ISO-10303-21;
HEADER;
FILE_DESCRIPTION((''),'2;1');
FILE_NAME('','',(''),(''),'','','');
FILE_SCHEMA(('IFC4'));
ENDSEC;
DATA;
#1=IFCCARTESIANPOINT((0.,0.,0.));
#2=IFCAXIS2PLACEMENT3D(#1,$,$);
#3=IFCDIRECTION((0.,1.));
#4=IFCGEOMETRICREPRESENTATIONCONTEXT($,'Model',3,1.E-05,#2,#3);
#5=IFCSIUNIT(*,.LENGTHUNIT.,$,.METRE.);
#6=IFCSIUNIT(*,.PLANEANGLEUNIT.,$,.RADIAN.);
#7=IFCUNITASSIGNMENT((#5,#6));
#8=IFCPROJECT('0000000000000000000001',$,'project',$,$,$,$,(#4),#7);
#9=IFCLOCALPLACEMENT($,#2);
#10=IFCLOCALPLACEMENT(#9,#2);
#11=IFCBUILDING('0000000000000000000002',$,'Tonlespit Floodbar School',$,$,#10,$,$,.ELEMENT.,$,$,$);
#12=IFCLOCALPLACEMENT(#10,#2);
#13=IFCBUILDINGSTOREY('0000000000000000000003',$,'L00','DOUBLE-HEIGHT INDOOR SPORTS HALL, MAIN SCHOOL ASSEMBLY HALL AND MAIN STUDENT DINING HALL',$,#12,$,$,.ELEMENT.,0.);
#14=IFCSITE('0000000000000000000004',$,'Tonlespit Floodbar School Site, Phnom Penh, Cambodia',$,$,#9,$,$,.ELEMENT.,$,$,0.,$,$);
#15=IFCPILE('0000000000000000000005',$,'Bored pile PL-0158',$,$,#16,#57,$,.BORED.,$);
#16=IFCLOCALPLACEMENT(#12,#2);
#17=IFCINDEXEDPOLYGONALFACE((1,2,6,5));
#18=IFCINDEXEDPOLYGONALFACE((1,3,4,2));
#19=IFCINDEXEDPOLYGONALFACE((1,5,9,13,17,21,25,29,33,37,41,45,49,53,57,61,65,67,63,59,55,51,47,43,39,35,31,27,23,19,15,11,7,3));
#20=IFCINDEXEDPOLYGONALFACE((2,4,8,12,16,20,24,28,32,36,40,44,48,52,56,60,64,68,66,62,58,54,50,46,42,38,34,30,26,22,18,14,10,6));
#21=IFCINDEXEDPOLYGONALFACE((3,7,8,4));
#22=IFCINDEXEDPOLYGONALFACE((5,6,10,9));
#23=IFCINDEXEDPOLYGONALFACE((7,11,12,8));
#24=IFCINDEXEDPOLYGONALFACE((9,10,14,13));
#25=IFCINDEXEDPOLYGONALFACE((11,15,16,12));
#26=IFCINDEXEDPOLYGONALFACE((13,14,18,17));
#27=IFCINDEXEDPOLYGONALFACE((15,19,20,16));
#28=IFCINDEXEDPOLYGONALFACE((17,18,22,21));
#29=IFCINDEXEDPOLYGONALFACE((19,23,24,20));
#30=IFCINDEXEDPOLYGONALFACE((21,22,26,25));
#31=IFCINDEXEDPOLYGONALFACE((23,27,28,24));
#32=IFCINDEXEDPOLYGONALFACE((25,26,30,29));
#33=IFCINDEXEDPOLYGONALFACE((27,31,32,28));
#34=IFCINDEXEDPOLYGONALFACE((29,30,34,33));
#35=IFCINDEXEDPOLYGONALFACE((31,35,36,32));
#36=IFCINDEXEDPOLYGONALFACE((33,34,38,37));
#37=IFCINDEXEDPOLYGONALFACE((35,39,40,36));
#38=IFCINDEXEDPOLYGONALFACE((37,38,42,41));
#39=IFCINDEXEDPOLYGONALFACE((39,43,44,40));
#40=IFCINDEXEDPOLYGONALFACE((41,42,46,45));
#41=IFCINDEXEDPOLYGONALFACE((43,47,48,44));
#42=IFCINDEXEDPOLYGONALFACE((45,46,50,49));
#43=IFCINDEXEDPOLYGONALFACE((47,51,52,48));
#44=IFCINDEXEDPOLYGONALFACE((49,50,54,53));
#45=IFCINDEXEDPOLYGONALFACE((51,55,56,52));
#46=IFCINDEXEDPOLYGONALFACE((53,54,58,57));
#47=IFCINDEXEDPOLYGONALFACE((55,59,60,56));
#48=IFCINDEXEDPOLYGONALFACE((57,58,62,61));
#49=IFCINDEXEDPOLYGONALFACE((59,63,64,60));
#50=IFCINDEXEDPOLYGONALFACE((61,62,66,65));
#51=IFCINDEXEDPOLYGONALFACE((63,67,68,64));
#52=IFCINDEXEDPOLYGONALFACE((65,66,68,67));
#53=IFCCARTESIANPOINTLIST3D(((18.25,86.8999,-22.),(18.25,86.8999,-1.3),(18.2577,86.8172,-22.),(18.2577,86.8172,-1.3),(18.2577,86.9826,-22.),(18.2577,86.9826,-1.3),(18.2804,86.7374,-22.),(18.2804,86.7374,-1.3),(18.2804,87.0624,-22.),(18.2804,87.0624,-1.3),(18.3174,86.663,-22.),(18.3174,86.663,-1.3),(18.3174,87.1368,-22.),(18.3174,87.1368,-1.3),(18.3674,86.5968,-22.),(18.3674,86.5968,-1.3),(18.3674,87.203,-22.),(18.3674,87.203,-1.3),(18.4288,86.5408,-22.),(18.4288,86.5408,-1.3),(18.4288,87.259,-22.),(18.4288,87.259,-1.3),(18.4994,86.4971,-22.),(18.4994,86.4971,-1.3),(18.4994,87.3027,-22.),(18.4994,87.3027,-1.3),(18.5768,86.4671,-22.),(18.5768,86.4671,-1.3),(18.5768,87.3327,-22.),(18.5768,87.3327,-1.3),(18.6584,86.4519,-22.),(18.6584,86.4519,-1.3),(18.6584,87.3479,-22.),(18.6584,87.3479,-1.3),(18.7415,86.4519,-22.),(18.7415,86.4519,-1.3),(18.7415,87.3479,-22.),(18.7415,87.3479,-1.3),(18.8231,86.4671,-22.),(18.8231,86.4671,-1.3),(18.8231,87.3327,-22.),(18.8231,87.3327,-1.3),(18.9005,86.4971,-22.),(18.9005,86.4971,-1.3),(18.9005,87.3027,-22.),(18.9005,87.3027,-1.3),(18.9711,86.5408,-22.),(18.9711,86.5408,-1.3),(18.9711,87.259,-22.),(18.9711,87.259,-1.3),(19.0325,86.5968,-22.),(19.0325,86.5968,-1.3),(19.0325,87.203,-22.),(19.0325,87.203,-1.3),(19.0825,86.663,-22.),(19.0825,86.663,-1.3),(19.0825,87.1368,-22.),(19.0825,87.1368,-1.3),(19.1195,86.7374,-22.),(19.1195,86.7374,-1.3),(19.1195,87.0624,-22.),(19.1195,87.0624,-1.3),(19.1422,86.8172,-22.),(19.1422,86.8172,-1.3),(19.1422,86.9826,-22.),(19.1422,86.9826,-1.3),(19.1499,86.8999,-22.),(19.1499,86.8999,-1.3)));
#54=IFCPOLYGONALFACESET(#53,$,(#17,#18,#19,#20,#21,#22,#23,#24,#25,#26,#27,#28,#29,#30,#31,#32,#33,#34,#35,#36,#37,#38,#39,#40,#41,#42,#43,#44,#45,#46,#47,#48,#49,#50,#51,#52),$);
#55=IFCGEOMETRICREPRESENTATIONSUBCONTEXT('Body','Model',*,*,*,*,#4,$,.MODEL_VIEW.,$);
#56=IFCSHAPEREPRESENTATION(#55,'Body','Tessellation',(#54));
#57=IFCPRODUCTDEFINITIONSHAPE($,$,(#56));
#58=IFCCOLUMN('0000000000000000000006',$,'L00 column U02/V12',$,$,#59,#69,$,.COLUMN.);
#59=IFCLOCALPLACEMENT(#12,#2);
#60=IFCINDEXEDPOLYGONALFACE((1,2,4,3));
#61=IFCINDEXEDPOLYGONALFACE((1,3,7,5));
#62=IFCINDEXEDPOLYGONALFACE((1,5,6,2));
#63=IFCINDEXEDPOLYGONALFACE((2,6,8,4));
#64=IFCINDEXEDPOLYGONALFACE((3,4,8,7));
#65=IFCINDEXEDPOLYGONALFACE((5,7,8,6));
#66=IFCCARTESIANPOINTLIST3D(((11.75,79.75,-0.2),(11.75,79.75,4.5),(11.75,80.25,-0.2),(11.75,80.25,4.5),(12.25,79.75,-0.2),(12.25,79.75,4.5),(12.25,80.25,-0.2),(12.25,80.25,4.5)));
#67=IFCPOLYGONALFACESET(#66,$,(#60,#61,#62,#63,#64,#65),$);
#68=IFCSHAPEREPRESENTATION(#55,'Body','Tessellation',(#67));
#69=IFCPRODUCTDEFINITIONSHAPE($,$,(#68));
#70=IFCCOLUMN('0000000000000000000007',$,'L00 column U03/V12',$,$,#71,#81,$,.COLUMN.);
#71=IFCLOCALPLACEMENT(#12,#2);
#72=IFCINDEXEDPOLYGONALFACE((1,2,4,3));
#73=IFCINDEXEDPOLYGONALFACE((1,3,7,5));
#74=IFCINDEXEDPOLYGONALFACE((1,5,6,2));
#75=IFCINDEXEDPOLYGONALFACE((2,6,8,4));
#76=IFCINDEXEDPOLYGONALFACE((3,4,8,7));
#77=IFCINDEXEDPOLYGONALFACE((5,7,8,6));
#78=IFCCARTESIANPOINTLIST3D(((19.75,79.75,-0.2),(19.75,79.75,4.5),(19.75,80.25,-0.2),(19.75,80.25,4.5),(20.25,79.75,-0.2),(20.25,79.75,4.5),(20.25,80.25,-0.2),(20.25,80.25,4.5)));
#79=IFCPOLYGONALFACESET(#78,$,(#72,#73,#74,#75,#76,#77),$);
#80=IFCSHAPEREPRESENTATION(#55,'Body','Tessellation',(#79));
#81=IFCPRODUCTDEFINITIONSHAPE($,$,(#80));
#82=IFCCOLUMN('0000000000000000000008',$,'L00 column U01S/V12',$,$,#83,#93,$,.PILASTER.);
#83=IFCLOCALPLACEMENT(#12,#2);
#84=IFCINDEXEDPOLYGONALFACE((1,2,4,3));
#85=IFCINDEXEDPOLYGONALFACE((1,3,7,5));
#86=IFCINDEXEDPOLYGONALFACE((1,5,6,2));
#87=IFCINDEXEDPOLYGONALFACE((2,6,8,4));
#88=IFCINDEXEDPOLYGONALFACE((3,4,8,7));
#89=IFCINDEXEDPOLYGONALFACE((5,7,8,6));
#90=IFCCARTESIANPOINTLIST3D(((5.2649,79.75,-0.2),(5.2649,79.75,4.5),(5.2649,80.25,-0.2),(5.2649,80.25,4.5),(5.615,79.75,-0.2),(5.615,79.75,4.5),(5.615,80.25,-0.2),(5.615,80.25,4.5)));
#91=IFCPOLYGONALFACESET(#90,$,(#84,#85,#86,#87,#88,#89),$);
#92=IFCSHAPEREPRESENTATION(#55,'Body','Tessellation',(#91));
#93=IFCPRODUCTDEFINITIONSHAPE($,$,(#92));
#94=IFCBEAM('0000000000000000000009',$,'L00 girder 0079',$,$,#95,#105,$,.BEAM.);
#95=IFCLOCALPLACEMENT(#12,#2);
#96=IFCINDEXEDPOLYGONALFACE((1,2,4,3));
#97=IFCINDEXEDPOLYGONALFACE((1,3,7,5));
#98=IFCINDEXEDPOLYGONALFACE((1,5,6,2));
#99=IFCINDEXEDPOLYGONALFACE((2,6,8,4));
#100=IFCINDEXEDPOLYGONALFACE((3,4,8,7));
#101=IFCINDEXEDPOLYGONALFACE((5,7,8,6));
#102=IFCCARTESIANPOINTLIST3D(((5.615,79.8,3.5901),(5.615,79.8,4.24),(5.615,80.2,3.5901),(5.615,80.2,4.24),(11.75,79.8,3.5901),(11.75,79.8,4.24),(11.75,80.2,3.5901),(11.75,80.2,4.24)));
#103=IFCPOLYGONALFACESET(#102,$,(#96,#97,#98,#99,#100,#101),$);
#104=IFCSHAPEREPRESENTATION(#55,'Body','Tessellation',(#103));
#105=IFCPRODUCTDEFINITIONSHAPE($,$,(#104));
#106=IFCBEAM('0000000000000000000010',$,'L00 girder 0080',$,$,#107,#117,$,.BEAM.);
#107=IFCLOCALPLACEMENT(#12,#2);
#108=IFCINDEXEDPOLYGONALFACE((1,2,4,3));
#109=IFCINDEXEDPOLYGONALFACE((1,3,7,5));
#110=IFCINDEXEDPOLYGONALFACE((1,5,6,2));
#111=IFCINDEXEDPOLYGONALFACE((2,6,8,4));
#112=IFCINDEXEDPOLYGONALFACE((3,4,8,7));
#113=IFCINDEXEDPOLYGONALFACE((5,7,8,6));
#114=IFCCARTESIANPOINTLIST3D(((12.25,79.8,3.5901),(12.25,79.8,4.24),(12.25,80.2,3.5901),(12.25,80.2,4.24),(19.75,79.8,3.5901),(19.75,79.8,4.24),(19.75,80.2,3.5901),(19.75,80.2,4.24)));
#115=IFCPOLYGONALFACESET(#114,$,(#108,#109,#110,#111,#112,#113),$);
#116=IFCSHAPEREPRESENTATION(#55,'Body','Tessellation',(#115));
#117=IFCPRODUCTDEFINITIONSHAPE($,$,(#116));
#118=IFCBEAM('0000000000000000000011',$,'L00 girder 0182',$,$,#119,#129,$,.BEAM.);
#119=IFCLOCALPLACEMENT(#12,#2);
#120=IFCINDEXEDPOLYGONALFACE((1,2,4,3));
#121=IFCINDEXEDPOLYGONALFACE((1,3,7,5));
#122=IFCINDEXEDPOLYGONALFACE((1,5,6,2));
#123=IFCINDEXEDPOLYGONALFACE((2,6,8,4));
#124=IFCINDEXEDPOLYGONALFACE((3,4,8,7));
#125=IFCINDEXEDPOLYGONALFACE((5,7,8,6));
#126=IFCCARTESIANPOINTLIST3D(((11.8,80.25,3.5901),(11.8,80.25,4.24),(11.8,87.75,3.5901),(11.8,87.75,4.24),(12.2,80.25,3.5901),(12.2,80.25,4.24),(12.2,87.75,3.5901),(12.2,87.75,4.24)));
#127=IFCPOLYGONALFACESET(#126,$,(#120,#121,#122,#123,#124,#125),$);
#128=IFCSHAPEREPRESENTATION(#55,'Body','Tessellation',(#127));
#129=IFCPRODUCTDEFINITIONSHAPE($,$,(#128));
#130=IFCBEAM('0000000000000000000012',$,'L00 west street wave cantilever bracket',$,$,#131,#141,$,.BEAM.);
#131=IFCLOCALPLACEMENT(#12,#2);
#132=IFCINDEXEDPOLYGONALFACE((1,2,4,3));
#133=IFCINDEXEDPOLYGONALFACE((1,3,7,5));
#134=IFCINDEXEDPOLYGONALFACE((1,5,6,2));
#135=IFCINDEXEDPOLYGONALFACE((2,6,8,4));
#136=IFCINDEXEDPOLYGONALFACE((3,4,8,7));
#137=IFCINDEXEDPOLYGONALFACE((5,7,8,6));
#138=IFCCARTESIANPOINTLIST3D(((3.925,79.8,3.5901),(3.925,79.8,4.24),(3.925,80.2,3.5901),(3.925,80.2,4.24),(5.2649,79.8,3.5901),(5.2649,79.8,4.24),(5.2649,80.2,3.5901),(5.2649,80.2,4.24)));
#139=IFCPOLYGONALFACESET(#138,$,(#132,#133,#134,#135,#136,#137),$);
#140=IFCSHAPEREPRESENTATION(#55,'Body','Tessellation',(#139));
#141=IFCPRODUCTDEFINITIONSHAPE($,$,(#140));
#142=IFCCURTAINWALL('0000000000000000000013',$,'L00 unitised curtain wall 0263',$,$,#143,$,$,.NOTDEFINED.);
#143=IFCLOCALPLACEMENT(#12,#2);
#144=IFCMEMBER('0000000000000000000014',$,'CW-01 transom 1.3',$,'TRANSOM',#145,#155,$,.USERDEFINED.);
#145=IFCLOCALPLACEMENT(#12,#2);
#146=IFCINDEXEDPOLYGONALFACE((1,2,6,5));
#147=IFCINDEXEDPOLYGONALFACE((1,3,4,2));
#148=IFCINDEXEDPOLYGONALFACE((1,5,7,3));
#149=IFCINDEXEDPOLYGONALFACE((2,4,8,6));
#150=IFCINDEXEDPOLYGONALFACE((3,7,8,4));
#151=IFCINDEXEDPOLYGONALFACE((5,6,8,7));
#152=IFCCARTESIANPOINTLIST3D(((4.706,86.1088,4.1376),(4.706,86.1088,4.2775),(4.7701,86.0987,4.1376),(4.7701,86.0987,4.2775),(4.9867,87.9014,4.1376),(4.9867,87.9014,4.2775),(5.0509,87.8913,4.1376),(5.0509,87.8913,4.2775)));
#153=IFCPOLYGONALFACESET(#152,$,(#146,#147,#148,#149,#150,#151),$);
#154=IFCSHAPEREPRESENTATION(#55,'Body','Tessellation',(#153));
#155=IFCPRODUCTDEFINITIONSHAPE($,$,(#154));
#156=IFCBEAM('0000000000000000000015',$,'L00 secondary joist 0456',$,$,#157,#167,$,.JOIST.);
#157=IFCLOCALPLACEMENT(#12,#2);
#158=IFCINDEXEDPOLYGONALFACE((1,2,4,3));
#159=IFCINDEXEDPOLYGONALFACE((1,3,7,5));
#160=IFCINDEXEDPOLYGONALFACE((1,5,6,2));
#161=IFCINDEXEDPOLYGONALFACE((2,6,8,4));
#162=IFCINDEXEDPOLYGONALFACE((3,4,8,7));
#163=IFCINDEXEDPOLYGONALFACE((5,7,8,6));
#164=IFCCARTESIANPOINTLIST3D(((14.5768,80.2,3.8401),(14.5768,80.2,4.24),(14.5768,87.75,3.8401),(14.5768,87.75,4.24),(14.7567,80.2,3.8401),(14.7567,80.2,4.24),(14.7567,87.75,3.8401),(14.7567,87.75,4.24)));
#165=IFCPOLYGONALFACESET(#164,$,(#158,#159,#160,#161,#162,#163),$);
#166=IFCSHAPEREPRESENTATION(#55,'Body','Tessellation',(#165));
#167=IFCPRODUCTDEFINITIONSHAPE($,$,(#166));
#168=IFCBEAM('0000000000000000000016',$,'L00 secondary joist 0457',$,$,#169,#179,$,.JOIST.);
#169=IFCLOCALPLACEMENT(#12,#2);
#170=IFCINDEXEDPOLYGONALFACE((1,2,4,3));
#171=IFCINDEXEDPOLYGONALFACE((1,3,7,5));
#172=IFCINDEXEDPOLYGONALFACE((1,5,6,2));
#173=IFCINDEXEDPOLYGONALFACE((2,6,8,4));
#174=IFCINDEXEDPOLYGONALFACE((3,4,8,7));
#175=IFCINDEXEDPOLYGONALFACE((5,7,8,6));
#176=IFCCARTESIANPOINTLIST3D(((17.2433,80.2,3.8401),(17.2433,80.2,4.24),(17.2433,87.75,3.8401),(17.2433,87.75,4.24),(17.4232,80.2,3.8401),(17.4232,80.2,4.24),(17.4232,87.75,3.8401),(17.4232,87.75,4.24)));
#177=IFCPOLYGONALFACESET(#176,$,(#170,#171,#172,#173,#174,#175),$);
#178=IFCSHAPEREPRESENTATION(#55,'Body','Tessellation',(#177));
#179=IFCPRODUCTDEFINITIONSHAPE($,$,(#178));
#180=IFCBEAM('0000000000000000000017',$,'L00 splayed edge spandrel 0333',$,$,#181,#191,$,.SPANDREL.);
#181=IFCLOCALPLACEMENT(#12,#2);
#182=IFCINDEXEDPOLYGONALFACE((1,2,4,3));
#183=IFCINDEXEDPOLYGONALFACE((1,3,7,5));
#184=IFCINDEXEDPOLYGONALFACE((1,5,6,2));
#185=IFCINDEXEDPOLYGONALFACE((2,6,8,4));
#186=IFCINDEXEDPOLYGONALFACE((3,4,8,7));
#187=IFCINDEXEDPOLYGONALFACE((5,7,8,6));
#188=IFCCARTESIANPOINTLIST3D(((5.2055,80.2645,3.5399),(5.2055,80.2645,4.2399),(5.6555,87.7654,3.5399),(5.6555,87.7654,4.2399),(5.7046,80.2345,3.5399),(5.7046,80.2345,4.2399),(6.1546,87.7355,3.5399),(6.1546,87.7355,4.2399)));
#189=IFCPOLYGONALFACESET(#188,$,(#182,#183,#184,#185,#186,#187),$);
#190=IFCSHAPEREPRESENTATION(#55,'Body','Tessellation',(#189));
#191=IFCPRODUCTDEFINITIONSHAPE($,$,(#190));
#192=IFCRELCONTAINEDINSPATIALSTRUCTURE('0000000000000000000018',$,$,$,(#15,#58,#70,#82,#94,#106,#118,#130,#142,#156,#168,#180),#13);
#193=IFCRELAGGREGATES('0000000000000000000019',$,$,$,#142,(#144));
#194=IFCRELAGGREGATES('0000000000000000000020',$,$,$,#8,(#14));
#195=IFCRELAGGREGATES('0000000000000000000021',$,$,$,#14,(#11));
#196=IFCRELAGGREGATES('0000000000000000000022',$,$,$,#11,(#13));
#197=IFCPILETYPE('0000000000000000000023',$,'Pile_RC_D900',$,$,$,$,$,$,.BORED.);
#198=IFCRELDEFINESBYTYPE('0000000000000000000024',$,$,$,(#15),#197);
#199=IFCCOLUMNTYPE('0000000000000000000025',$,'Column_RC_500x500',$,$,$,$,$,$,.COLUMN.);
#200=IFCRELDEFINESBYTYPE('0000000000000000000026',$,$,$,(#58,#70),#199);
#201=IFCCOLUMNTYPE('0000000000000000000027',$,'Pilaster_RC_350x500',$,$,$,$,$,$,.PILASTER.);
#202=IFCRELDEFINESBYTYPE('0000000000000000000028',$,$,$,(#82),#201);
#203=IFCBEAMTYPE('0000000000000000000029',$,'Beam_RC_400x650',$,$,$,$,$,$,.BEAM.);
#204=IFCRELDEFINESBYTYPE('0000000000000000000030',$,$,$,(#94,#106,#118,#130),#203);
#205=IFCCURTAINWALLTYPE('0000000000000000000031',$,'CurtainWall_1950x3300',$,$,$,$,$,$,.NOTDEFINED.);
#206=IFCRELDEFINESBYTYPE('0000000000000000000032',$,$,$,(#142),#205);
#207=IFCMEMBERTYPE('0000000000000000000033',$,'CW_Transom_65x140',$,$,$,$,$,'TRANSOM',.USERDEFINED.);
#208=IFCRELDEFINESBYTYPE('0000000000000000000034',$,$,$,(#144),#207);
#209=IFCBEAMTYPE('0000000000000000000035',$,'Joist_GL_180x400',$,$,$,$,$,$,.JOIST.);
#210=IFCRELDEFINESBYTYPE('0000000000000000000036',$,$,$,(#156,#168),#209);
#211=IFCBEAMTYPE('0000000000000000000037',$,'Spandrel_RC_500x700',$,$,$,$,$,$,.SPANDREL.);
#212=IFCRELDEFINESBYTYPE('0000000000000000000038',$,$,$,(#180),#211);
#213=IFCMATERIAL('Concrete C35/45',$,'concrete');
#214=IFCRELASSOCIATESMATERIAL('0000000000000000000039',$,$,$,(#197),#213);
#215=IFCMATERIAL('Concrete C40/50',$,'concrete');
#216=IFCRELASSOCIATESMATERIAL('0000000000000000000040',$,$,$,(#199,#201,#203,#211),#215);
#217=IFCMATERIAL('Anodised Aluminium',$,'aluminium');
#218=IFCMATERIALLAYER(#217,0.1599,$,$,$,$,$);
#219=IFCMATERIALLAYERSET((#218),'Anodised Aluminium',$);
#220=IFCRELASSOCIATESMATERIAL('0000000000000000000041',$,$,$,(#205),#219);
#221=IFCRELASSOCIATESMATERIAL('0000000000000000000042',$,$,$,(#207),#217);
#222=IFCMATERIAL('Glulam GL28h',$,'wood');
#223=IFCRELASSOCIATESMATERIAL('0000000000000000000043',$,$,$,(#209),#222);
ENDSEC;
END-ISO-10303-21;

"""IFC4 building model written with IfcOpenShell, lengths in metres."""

from ifc_helpers import new_model, si_unit, direction, frame, origin, origin_2d, place, context, subcontext, project, spatial, rectangle, circle, extrude, material, layer, layer_set, material_profile, profile_set, type_object, element, aggregate, save


model = new_model("IFC4")

# Units and contexts
model_context = context("Model", 3, precision=1e-05, world=origin(), true_north=direction((0.0, 1.0)))
body_context = subcontext(model_context, "Body", "Model", "MODEL_VIEW")
ifc_project = project(units=[si_unit("LENGTHUNIT", "METRE"), si_unit("PLANEANGLEUNIT", "RADIAN")], contexts=[model_context])

# Site, building, storey
site_placement = place(None, origin())
site = spatial("IfcSite", under=ifc_project, at=site_placement, Name="Tonlespit Floodbar School Site, Phnom Penh, Cambodia", CompositionType="ELEMENT", RefElevation=0.0)
building_placement = place(site_placement, origin())
building = spatial("IfcBuilding", under=site, at=building_placement, Name="Tonlespit Floodbar School", CompositionType="ELEMENT")
storey_placement = place(building_placement, origin())
storey = spatial("IfcBuildingStorey", under=building, at=storey_placement, Name="L00", Description="DOUBLE-HEIGHT INDOOR SPORTS HALL, MAIN SCHOOL ASSEMBLY HALL AND MAIN STUDENT DINING HALL", CompositionType="ELEMENT", Elevation=0.0)

# Shared definitions
ifc_material_1 = material(Name="Concrete C40/50", Category="concrete")

# Pile
ifc_material_2 = material(Name="Concrete C35/45", Category="concrete")
ifc_material_profile_1 = material_profile(ifc_material_2, circle(Radius=0.45, at=origin_2d()), Name="BP D900")
ifc_profile_set_1 = profile_set([ifc_material_profile_1], Name="Concrete C35/45")
pile_type = type_object("IfcPileType", Name="Pile_RC_D900", PredefinedType="BORED", material=ifc_profile_set_1)
for number, where, z_axis, x_axis, name in (
    (1, (18.7, 86.8999, -1.3), (0.0, 0.0, -1.0), (1.0, 0.0, 0.0), "Bored pile PL-0158"),
):
    element("IfcPile", number, at=place(storey_placement, frame(where, z_axis=z_axis, x_axis=x_axis)), inside=storey, type_object=pile_type, Name=name, PredefinedType="BORED", context=body_context, shape_type="SweptSolid", body=[
        extrude(circle(Radius=0.45, at=origin_2d()), origin(), (0.0, 0.0, 1.0), 20.7),
    ])

# Columns
ifc_material_profile_2 = material_profile(ifc_material_1, rectangle(XDim=0.5, YDim=0.5, at=origin_2d()), Name="RC 500x500")
ifc_profile_set_2 = profile_set([ifc_material_profile_2], Name="Concrete C40/50")
column_type_1 = type_object("IfcColumnType", Name="Column_RC_500x500", PredefinedType="COLUMN", material=ifc_profile_set_2)
for number, where, z_axis, x_axis, name in (
    (2, (12.0, 80.0, -0.2), (0.0, 0.0, 1.0), (1.0, 0.0, 0.0), "L00 column U02/V12"),
    (3, (20.0, 80.0, -0.2), (0.0, 0.0, 1.0), (1.0, 0.0, 0.0), "L00 column U03/V12"),
):
    element("IfcColumn", number, at=place(storey_placement, frame(where, z_axis=z_axis, x_axis=x_axis)), inside=storey, type_object=column_type_1, Name=name, PredefinedType="COLUMN", context=body_context, shape_type="SweptSolid", body=[
        extrude(rectangle(XDim=0.5, YDim=0.5, at=origin_2d()), origin(), (0.0, 0.0, 1.0), 4.7),
    ])
ifc_material_profile_3 = material_profile(ifc_material_1, rectangle(XDim=0.3501, YDim=0.5, at=origin_2d()), Name="RC 350x500")
ifc_profile_set_3 = profile_set([ifc_material_profile_3], Name="Concrete C40/50")
column_type_2 = type_object("IfcColumnType", Name="Pilaster_RC_350x500", PredefinedType="PILASTER", material=ifc_profile_set_3)
column_placement = place(storey_placement, frame((5.4399, 80.0, -0.2), z_axis=(0.0, 0.0, 1.0), x_axis=(1.0, 0.0, 0.0)))
element("IfcColumn", 4, at=column_placement, inside=storey, type_object=column_type_2, Name="L00 column U01S/V12", PredefinedType="PILASTER", context=body_context, shape_type="SweptSolid", body=[
    extrude(rectangle(XDim=0.3501, YDim=0.5, at=origin_2d()), origin(), (0.0, 0.0, 1.0), 4.7),
])

# Beams
ifc_material_profile_4 = material_profile(ifc_material_1, rectangle(XDim=0.3999, YDim=0.6499, at=origin_2d()), Name="RC 400x650")
ifc_profile_set_4 = profile_set([ifc_material_profile_4], Name="Concrete C40/50")
beam_type_1 = type_object("IfcBeamType", Name="Beam_RC_400x650", PredefinedType="BEAM", material=ifc_profile_set_4)
beam_1_placement = place(storey_placement, frame((5.615, 80.0, 3.915), z_axis=(1.0, 0.0, 0.0), x_axis=(0.0, 1.0, 0.0)))
element("IfcBeam", 5, at=beam_1_placement, inside=storey, type_object=beam_type_1, Name="L00 girder 0079", PredefinedType="BEAM", context=body_context, shape_type="SweptSolid", body=[
    extrude(rectangle(XDim=0.3999, YDim=0.6499, at=origin_2d()), origin(), (0.0, 0.0, 1.0), 6.135),
])
for number, where, z_axis, x_axis, name in (
    (6, (12.25, 80.0, 3.915), (1.0, 0.0, 0.0), (0.0, 1.0, 0.0), "L00 girder 0080"),
    (7, (12.0, 80.25, 3.915), (0.0, 1.0, 0.0), (-1.0, 0.0, 0.0), "L00 girder 0182"),
):
    element("IfcBeam", number, at=place(storey_placement, frame(where, z_axis=z_axis, x_axis=x_axis)), inside=storey, type_object=beam_type_1, Name=name, PredefinedType="BEAM", context=body_context, shape_type="SweptSolid", body=[
        extrude(rectangle(XDim=0.3999, YDim=0.6499, at=origin_2d()), origin(), (0.0, 0.0, 1.0), 7.5),
    ])
beam_2_placement = place(storey_placement, frame((5.2649, 80.0, 3.915), z_axis=(-1.0, 0.0, 0.0), x_axis=(0.0, -1.0, 0.0)))
element("IfcBeam", 8, at=beam_2_placement, inside=storey, type_object=beam_type_1, Name="L00 west street wave cantilever bracket", PredefinedType="BEAM", context=body_context, shape_type="SweptSolid", body=[
    extrude(rectangle(XDim=0.3999, YDim=0.6499, at=origin_2d()), origin(), (0.0, 0.0, 1.0), 1.3398),
])

# Curtain wall, member
ifc_material_3 = material(Name="Anodised Aluminium", Category="aluminium")
ifc_layer_1 = layer(ifc_material_3, 0.1599)
ifc_layer_set_1 = layer_set([ifc_layer_1], Name="Anodised Aluminium")
curtain_wall_type = type_object("IfcCurtainWallType", Name="CurtainWall_1950x3300", PredefinedType="NOTDEFINED", material=ifc_layer_set_1)
curtain_wall_placement = place(storey_placement, origin())
curtain_wall = element("IfcCurtainWall", 9, at=curtain_wall_placement, inside=storey, type_object=curtain_wall_type, Name="L00 unitised curtain wall 0263", PredefinedType="NOTDEFINED")
ifc_material_profile_5 = material_profile(ifc_material_3, rectangle(XDim=0.0649, YDim=0.1399, at=origin_2d()), Name="ALU T65x140")
ifc_profile_set_5 = profile_set([ifc_material_profile_5], Name="Anodised Aluminium")
member_type = type_object("IfcMemberType", Name="CW_Transom_65x140", ElementType="TRANSOM", PredefinedType="USERDEFINED", material=ifc_profile_set_5)
member_placement = place(storey_placement, frame((4.738, 86.1038, 4.2075), z_axis=(0.154746, 0.987954, 0.0), x_axis=(-0.987954, 0.154746, 0.0)))
member = element("IfcMember", 10, at=member_placement, type_object=member_type, Name="CW-01 transom 1.3", ObjectType="TRANSOM", PredefinedType="USERDEFINED", context=body_context, shape_type="SweptSolid", body=[
    extrude(rectangle(XDim=0.0649, YDim=0.1399, at=origin_2d()), origin(), (0.0, 0.0, 1.0), 1.8145),
])

# Beams
ifc_material_4 = material(Name="Glulam GL28h", Category="wood")
ifc_material_profile_6 = material_profile(ifc_material_4, rectangle(XDim=0.1799, YDim=0.3999, at=origin_2d()), Name="GL 180x400")
ifc_profile_set_6 = profile_set([ifc_material_profile_6], Name="Glulam GL28h")
beam_type_2 = type_object("IfcBeamType", Name="Joist_GL_180x400", PredefinedType="JOIST", material=ifc_profile_set_6)
for number, where, z_axis, x_axis, name in (
    (11, (14.6667, 80.2, 4.04), (0.0, 1.0, 0.0), (-1.0, 0.0, 0.0), "L00 secondary joist 0456"),
    (12, (17.3333, 80.2, 4.04), (0.0, 1.0, 0.0), (-1.0, 0.0, 0.0), "L00 secondary joist 0457"),
):
    element("IfcBeam", number, at=place(storey_placement, frame(where, z_axis=z_axis, x_axis=x_axis)), inside=storey, type_object=beam_type_2, Name=name, PredefinedType="JOIST", context=body_context, shape_type="SweptSolid", body=[
        extrude(rectangle(XDim=0.1799, YDim=0.3999, at=origin_2d()), origin(), (0.0, 0.0, 1.0), 7.55),
    ])
ifc_material_profile_7 = material_profile(ifc_material_1, rectangle(XDim=0.5, YDim=0.7, at=origin_2d()), Name="RC 500x700")
ifc_profile_set_7 = profile_set([ifc_material_profile_7], Name="Concrete C40/50")
beam_type_3 = type_object("IfcBeamType", Name="Spandrel_RC_500x700", PredefinedType="SPANDREL", material=ifc_profile_set_7)
beam_3_placement = place(storey_placement, frame((5.4551, 80.2495, 3.8899), z_axis=(0.059878, 0.998206, 0.0), x_axis=(-0.998206, 0.059878, 0.0)))
element("IfcBeam", 13, at=beam_3_placement, inside=storey, type_object=beam_type_3, Name="L00 splayed edge spandrel 0333", PredefinedType="SPANDREL", context=body_context, shape_type="SweptSolid", body=[
    extrude(rectangle(XDim=0.5, YDim=0.7, at=origin_2d()), origin(), (0.0, 0.0, 1.0), 7.5144),
])

aggregate(curtain_wall, [member])

save(model, "model.ifc")
